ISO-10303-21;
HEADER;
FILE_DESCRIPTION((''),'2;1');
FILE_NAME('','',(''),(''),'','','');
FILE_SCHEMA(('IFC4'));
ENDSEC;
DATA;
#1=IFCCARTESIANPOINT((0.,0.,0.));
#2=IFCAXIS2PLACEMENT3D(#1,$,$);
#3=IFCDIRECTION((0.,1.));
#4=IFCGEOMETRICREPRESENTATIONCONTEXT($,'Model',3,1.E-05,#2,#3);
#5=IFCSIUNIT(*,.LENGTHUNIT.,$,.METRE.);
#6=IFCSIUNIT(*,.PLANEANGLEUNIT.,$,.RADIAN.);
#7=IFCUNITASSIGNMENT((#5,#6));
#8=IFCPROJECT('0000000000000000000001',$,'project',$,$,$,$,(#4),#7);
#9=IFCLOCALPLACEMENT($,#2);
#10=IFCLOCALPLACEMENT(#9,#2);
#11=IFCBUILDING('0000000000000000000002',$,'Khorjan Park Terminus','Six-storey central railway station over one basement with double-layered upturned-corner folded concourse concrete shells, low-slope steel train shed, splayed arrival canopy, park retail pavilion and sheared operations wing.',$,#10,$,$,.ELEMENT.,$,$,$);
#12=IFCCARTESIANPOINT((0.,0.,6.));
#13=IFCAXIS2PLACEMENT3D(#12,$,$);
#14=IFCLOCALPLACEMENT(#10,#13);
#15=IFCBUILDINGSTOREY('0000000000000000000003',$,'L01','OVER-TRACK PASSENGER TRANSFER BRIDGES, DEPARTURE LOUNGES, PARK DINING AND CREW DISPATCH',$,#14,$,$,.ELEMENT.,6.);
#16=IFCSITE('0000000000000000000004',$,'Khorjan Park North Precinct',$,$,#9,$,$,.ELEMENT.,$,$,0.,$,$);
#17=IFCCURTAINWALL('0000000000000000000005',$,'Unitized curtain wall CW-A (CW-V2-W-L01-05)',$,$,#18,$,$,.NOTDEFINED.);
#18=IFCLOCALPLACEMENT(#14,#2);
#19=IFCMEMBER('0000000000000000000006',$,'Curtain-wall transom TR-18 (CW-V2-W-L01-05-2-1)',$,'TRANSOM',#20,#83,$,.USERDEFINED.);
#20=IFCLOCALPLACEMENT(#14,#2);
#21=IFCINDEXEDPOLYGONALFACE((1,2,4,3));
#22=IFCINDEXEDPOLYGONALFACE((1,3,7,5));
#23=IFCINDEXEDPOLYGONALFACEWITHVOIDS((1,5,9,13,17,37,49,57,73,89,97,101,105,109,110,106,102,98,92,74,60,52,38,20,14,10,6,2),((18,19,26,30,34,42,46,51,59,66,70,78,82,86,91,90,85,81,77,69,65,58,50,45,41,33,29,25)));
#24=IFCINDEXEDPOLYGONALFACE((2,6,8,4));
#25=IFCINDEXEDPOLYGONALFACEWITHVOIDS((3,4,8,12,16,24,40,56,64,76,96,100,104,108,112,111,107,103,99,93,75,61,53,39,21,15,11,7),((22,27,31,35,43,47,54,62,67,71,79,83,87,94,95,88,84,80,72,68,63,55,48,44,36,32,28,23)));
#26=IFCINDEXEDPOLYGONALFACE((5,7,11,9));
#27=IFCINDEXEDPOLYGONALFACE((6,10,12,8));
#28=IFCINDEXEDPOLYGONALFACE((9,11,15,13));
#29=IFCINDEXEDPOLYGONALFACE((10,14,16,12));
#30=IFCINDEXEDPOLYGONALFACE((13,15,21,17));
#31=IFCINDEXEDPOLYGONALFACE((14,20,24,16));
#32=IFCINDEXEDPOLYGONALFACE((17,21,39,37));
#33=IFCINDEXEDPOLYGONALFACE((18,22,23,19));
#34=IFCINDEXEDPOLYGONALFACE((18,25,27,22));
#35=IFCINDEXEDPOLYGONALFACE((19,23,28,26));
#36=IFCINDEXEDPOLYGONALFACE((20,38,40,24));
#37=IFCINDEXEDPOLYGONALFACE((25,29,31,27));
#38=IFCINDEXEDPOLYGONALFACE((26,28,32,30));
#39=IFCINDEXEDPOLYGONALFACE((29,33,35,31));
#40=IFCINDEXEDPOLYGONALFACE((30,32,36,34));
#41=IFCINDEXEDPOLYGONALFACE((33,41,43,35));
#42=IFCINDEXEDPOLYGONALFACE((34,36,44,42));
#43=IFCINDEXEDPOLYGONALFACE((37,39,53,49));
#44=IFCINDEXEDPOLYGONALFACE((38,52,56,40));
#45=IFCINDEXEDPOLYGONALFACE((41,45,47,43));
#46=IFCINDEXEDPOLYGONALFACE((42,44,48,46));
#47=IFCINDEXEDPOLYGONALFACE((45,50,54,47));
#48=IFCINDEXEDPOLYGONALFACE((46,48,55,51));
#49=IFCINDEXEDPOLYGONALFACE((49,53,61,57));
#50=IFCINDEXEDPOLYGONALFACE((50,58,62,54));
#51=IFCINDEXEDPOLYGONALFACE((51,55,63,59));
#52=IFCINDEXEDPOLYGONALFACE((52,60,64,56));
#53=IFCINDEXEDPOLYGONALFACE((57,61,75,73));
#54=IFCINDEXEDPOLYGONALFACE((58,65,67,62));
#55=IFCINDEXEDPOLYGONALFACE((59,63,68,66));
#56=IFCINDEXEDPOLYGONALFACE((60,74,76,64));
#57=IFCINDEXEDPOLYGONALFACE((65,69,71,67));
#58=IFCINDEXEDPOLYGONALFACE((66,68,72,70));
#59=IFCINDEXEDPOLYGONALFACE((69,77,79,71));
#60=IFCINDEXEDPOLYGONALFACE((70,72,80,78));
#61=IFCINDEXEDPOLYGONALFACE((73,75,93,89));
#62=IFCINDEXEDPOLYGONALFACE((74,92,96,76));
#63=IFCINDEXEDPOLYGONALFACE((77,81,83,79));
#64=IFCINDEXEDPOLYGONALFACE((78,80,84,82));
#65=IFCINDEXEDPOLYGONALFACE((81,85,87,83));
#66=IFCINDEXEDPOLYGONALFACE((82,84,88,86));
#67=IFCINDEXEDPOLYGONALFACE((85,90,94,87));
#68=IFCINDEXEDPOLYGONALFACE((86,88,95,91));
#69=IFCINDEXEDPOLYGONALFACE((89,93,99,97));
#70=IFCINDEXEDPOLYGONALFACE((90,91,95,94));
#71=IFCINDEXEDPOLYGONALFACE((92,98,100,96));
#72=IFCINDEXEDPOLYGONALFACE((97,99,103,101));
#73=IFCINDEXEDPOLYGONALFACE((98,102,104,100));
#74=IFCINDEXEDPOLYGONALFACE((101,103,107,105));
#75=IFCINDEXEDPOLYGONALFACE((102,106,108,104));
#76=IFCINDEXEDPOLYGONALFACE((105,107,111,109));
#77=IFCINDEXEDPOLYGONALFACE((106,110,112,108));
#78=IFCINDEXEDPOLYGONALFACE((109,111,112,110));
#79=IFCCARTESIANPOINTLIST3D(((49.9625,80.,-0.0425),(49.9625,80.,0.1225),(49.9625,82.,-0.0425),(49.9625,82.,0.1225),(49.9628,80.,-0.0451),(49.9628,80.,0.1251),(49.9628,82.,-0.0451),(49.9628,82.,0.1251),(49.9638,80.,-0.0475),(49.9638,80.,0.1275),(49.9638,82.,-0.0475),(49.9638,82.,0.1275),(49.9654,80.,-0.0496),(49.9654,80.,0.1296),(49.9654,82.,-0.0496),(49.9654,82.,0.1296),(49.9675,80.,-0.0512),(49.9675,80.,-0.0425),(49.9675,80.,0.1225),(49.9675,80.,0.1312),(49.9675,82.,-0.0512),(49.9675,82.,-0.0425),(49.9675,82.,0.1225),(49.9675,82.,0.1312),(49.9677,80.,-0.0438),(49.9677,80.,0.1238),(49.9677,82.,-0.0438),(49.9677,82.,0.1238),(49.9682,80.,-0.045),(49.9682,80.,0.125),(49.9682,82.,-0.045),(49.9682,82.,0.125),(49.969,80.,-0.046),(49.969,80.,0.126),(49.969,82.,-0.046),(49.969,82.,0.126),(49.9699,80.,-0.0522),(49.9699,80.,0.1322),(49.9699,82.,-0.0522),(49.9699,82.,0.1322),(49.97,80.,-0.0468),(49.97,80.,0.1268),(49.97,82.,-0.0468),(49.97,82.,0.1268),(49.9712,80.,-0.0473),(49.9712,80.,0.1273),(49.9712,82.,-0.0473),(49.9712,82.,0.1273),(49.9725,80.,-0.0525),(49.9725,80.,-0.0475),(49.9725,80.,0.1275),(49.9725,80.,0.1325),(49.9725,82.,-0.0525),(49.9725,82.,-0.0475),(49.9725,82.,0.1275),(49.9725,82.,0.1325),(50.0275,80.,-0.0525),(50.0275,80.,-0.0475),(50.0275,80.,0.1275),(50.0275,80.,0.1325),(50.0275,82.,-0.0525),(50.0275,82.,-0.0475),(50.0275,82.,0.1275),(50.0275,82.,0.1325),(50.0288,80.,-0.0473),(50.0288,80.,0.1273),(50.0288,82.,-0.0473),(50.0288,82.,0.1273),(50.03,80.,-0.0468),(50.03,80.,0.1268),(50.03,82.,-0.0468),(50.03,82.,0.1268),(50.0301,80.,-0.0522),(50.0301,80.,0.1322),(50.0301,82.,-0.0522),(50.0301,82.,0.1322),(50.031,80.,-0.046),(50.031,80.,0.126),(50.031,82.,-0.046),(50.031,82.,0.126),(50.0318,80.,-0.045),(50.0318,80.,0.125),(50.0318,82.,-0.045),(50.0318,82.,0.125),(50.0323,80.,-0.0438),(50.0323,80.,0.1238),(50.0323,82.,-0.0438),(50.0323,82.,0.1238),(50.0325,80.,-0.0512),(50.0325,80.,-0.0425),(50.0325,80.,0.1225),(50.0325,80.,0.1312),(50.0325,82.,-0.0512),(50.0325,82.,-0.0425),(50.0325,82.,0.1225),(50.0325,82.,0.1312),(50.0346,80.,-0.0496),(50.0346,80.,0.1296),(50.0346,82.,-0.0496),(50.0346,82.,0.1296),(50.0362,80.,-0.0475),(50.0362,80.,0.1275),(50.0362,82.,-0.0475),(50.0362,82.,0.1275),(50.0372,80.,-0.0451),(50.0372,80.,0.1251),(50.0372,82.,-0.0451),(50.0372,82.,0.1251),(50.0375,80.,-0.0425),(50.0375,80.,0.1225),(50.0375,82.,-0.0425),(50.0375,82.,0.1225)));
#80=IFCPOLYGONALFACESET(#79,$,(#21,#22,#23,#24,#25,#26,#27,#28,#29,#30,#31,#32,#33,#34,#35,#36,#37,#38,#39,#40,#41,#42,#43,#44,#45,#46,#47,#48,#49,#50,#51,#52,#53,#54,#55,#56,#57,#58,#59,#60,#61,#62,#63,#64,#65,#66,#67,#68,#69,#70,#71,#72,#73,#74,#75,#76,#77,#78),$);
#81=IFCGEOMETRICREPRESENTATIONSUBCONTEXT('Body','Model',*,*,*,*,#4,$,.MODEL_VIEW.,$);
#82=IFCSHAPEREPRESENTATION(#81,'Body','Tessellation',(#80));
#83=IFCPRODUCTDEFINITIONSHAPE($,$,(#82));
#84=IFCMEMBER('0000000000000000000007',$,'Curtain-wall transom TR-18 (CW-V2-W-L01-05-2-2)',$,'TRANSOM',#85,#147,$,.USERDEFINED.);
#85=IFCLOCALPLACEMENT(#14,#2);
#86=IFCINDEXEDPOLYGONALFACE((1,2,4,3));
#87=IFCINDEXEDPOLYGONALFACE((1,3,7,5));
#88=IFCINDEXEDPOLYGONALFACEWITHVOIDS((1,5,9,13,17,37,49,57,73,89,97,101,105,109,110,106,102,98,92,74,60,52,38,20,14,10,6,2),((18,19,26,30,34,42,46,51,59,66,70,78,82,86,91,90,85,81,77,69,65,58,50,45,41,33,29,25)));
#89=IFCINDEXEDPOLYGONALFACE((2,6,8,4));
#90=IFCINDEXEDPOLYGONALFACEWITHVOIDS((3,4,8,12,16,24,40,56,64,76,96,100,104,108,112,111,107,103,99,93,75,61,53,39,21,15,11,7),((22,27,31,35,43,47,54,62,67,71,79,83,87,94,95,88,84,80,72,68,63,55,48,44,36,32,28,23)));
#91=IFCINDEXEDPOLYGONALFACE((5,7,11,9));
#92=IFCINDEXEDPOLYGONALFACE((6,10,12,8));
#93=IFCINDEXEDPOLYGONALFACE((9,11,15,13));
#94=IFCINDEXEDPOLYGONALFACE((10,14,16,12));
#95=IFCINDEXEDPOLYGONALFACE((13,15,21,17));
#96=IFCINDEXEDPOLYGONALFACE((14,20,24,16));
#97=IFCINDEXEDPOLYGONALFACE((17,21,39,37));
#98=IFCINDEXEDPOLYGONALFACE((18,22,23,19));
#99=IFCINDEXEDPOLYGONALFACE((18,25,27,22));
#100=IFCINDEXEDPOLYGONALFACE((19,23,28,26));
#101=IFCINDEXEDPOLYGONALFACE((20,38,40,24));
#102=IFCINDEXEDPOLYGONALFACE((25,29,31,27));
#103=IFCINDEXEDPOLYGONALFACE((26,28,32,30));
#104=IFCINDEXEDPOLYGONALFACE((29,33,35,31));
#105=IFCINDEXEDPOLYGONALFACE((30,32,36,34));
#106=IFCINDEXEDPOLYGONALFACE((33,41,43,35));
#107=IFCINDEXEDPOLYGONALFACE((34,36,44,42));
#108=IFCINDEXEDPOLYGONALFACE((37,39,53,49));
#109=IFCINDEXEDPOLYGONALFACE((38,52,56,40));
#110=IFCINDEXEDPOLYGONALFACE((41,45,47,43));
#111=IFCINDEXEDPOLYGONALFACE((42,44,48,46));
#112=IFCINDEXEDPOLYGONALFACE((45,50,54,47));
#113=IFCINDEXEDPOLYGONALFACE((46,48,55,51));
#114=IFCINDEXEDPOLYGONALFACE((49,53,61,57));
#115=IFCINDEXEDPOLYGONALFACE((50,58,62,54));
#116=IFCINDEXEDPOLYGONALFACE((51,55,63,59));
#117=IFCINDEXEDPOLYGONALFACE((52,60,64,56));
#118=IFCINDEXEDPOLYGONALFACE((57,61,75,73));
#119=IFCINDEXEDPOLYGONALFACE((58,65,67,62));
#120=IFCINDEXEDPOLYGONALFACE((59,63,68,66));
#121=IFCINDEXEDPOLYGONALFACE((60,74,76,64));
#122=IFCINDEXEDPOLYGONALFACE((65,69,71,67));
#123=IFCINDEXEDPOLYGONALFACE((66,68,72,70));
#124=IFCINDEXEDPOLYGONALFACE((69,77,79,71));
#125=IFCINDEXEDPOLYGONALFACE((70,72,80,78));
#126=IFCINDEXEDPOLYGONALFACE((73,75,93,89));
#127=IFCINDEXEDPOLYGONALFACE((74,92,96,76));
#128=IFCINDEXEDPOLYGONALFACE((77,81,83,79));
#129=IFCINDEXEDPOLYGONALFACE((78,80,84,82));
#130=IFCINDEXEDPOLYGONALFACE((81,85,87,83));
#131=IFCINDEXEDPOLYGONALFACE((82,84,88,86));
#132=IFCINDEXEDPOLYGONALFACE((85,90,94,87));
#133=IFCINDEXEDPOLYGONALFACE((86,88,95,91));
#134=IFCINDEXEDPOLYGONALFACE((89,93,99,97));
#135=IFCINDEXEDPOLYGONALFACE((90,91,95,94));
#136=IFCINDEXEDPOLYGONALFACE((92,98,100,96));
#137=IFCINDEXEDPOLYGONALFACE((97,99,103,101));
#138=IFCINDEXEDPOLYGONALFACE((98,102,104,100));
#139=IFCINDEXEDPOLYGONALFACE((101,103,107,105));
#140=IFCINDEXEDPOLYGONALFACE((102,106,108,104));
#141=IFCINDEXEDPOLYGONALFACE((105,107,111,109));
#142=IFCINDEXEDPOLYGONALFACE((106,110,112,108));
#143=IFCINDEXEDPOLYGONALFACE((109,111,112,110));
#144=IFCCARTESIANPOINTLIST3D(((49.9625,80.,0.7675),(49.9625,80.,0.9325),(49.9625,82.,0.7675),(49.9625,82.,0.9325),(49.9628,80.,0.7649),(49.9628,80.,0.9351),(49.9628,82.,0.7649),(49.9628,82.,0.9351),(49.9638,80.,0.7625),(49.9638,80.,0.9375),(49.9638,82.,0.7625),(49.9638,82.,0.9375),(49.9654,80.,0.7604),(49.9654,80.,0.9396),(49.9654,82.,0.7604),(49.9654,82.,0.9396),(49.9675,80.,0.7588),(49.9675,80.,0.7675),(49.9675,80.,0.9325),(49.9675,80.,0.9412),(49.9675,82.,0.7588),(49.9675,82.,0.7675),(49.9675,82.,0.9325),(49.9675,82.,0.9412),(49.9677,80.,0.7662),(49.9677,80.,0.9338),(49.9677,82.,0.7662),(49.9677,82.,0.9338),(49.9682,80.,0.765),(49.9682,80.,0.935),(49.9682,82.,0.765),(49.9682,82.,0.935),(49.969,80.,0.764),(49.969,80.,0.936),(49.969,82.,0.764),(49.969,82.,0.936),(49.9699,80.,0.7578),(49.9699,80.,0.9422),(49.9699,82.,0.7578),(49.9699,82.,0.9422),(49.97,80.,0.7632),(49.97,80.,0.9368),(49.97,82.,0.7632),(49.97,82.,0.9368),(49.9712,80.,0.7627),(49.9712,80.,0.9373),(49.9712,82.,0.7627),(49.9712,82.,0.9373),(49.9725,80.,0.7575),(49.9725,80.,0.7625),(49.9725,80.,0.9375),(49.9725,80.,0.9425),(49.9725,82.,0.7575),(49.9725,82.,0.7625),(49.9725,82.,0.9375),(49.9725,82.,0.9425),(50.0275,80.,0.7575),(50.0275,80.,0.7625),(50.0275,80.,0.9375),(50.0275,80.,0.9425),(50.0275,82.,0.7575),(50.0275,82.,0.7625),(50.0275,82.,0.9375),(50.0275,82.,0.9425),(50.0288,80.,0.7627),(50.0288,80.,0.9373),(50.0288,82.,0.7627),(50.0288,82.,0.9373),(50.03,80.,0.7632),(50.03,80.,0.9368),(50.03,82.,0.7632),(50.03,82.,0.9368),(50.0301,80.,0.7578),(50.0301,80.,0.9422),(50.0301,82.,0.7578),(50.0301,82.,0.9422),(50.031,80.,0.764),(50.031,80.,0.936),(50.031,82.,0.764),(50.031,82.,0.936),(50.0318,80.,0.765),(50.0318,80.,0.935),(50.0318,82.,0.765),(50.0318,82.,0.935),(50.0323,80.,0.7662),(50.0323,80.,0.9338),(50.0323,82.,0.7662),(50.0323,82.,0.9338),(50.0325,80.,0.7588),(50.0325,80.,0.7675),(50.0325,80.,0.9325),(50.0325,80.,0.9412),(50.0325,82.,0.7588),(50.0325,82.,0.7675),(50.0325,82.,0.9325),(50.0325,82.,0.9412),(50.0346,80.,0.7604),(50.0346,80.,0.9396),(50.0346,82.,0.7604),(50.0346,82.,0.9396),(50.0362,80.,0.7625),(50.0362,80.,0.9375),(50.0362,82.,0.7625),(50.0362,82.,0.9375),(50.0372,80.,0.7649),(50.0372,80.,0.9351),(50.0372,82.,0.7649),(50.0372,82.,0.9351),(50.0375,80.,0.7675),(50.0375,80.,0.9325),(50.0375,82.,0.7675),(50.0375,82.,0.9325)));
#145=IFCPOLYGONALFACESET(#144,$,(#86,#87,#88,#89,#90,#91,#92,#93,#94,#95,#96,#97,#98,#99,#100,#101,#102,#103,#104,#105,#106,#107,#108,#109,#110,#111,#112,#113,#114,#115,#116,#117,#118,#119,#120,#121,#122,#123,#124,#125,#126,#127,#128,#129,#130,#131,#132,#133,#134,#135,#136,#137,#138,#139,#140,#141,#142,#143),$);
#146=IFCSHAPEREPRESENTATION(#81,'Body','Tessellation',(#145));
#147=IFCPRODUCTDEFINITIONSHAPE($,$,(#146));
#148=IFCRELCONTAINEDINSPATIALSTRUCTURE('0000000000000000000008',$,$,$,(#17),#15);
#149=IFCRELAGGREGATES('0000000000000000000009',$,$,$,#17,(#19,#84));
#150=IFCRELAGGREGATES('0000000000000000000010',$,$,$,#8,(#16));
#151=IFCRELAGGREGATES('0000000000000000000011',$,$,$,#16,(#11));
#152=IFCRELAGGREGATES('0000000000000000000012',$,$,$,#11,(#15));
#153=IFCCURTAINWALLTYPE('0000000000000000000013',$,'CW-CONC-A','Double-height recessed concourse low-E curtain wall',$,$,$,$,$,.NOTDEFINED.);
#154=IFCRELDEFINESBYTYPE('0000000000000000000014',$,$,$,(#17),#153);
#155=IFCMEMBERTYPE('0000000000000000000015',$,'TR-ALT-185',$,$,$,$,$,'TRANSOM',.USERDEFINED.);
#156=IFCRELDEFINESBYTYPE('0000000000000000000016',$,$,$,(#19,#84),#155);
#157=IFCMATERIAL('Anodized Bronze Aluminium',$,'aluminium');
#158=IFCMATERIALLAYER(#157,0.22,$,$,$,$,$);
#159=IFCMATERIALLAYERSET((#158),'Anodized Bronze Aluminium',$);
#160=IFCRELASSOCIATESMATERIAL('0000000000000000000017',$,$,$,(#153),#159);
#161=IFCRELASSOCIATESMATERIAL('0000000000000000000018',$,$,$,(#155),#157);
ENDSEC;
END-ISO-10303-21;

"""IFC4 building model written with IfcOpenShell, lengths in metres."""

from ifc_helpers import new_model, si_unit, direction, frame, origin, origin_2d, place, context, subcontext, project, spatial, hollow_rectangle, extrude, material, layer, layer_set, material_profile, profile_set, type_object, element, aggregate, save


model = new_model("IFC4")

# Units and contexts
model_context = context("Model", 3, precision=1e-05, world=origin(), true_north=direction((0.0, 1.0)))
body_context = subcontext(model_context, "Body", "Model", "MODEL_VIEW")
ifc_project = project(units=[si_unit("LENGTHUNIT", "METRE"), si_unit("PLANEANGLEUNIT", "RADIAN")], contexts=[model_context])

# Site, building, storey
site_placement = place(None, origin())
site = spatial("IfcSite", under=ifc_project, at=site_placement, Name="Khorjan Park North Precinct", CompositionType="ELEMENT", RefElevation=0.0)
building_placement = place(site_placement, origin())
building = spatial("IfcBuilding", under=site, at=building_placement, Name="Khorjan Park Terminus", Description="Six-storey central railway station over one basement with double-layered upturned-corner folded concourse concrete shells, low-slope steel train shed, splayed arrival canopy, park retail pavilion and sheared operations wing.", CompositionType="ELEMENT")
storey_placement = place(building_placement, frame((0.0, 0.0, 6.0)))
storey = spatial("IfcBuildingStorey", under=building, at=storey_placement, Name="L01", Description="OVER-TRACK PASSENGER TRANSFER BRIDGES, DEPARTURE LOUNGES, PARK DINING AND CREW DISPATCH", CompositionType="ELEMENT", Elevation=6.0)

# Shared definitions
ifc_material_1 = material(Name="Anodized Bronze Aluminium", Category="aluminium")
ifc_layer_1 = layer(ifc_material_1, 0.22)
ifc_layer_set_1 = layer_set([ifc_layer_1], Name="Anodized Bronze Aluminium")
curtain_wall_type = type_object("IfcCurtainWallType", Name="CW-CONC-A", Description="Double-height recessed concourse low-E curtain wall", PredefinedType="NOTDEFINED", material=ifc_layer_set_1)

# Curtain wall
curtain_wall_1_placement = place(storey_placement, origin())
curtain_wall_1 = element("IfcCurtainWall", 1, at=curtain_wall_1_placement, inside=storey, type_object=curtain_wall_type, Name="Unitized curtain wall CW-A (CW-V2-W-L01-05)", PredefinedType="NOTDEFINED")

# Members
ifc_material_profile_1 = material_profile(ifc_material_1, hollow_rectangle(XDim=0.075, YDim=0.185, WallThickness=0.005, InnerFilletRadius=0.005, OuterFilletRadius=0.01, at=origin_2d()), Name="ALT 75x185x5")
ifc_profile_set_1 = profile_set([ifc_material_profile_1], Name="Anodized Bronze Aluminium")
member_type_1 = type_object("IfcMemberType", Name="TR-ALT-185", ElementType="TRANSOM", PredefinedType="USERDEFINED", material=ifc_profile_set_1)
member_1_placement = place(storey_placement, frame((50.0, 82.0, 0.04), z_axis=(0.0, -1.0, 0.0), x_axis=(1.0, 0.0, 0.0)))
member_1 = element("IfcMember", 2, at=member_1_placement, type_object=member_type_1, Name="Curtain-wall transom TR-18 (CW-V2-W-L01-05-2-1)", ObjectType="TRANSOM", PredefinedType="USERDEFINED", context=body_context, shape_type="SweptSolid", body=[
    extrude(hollow_rectangle(XDim=0.075, YDim=0.185, WallThickness=0.005, InnerFilletRadius=0.005, OuterFilletRadius=0.01, at=origin_2d()), origin(), (0.0, 0.0, 1.0), 2.0),
])
member_2_placement = place(storey_placement, frame((50.0, 82.0, 0.85), z_axis=(0.0, -1.0, 0.0), x_axis=(1.0, 0.0, 0.0)))
member_2 = element("IfcMember", 3, at=member_2_placement, type_object=member_type_1, Name="Curtain-wall transom TR-18 (CW-V2-W-L01-05-2-2)", ObjectType="TRANSOM", PredefinedType="USERDEFINED", context=body_context, shape_type="SweptSolid", body=[
    extrude(hollow_rectangle(XDim=0.075, YDim=0.185, WallThickness=0.005, InnerFilletRadius=0.005, OuterFilletRadius=0.01, at=origin_2d()), origin(), (0.0, 0.0, 1.0), 2.0),
])

aggregate(curtain_wall_1, [member_1, member_2])

save(model, "model.ifc")
